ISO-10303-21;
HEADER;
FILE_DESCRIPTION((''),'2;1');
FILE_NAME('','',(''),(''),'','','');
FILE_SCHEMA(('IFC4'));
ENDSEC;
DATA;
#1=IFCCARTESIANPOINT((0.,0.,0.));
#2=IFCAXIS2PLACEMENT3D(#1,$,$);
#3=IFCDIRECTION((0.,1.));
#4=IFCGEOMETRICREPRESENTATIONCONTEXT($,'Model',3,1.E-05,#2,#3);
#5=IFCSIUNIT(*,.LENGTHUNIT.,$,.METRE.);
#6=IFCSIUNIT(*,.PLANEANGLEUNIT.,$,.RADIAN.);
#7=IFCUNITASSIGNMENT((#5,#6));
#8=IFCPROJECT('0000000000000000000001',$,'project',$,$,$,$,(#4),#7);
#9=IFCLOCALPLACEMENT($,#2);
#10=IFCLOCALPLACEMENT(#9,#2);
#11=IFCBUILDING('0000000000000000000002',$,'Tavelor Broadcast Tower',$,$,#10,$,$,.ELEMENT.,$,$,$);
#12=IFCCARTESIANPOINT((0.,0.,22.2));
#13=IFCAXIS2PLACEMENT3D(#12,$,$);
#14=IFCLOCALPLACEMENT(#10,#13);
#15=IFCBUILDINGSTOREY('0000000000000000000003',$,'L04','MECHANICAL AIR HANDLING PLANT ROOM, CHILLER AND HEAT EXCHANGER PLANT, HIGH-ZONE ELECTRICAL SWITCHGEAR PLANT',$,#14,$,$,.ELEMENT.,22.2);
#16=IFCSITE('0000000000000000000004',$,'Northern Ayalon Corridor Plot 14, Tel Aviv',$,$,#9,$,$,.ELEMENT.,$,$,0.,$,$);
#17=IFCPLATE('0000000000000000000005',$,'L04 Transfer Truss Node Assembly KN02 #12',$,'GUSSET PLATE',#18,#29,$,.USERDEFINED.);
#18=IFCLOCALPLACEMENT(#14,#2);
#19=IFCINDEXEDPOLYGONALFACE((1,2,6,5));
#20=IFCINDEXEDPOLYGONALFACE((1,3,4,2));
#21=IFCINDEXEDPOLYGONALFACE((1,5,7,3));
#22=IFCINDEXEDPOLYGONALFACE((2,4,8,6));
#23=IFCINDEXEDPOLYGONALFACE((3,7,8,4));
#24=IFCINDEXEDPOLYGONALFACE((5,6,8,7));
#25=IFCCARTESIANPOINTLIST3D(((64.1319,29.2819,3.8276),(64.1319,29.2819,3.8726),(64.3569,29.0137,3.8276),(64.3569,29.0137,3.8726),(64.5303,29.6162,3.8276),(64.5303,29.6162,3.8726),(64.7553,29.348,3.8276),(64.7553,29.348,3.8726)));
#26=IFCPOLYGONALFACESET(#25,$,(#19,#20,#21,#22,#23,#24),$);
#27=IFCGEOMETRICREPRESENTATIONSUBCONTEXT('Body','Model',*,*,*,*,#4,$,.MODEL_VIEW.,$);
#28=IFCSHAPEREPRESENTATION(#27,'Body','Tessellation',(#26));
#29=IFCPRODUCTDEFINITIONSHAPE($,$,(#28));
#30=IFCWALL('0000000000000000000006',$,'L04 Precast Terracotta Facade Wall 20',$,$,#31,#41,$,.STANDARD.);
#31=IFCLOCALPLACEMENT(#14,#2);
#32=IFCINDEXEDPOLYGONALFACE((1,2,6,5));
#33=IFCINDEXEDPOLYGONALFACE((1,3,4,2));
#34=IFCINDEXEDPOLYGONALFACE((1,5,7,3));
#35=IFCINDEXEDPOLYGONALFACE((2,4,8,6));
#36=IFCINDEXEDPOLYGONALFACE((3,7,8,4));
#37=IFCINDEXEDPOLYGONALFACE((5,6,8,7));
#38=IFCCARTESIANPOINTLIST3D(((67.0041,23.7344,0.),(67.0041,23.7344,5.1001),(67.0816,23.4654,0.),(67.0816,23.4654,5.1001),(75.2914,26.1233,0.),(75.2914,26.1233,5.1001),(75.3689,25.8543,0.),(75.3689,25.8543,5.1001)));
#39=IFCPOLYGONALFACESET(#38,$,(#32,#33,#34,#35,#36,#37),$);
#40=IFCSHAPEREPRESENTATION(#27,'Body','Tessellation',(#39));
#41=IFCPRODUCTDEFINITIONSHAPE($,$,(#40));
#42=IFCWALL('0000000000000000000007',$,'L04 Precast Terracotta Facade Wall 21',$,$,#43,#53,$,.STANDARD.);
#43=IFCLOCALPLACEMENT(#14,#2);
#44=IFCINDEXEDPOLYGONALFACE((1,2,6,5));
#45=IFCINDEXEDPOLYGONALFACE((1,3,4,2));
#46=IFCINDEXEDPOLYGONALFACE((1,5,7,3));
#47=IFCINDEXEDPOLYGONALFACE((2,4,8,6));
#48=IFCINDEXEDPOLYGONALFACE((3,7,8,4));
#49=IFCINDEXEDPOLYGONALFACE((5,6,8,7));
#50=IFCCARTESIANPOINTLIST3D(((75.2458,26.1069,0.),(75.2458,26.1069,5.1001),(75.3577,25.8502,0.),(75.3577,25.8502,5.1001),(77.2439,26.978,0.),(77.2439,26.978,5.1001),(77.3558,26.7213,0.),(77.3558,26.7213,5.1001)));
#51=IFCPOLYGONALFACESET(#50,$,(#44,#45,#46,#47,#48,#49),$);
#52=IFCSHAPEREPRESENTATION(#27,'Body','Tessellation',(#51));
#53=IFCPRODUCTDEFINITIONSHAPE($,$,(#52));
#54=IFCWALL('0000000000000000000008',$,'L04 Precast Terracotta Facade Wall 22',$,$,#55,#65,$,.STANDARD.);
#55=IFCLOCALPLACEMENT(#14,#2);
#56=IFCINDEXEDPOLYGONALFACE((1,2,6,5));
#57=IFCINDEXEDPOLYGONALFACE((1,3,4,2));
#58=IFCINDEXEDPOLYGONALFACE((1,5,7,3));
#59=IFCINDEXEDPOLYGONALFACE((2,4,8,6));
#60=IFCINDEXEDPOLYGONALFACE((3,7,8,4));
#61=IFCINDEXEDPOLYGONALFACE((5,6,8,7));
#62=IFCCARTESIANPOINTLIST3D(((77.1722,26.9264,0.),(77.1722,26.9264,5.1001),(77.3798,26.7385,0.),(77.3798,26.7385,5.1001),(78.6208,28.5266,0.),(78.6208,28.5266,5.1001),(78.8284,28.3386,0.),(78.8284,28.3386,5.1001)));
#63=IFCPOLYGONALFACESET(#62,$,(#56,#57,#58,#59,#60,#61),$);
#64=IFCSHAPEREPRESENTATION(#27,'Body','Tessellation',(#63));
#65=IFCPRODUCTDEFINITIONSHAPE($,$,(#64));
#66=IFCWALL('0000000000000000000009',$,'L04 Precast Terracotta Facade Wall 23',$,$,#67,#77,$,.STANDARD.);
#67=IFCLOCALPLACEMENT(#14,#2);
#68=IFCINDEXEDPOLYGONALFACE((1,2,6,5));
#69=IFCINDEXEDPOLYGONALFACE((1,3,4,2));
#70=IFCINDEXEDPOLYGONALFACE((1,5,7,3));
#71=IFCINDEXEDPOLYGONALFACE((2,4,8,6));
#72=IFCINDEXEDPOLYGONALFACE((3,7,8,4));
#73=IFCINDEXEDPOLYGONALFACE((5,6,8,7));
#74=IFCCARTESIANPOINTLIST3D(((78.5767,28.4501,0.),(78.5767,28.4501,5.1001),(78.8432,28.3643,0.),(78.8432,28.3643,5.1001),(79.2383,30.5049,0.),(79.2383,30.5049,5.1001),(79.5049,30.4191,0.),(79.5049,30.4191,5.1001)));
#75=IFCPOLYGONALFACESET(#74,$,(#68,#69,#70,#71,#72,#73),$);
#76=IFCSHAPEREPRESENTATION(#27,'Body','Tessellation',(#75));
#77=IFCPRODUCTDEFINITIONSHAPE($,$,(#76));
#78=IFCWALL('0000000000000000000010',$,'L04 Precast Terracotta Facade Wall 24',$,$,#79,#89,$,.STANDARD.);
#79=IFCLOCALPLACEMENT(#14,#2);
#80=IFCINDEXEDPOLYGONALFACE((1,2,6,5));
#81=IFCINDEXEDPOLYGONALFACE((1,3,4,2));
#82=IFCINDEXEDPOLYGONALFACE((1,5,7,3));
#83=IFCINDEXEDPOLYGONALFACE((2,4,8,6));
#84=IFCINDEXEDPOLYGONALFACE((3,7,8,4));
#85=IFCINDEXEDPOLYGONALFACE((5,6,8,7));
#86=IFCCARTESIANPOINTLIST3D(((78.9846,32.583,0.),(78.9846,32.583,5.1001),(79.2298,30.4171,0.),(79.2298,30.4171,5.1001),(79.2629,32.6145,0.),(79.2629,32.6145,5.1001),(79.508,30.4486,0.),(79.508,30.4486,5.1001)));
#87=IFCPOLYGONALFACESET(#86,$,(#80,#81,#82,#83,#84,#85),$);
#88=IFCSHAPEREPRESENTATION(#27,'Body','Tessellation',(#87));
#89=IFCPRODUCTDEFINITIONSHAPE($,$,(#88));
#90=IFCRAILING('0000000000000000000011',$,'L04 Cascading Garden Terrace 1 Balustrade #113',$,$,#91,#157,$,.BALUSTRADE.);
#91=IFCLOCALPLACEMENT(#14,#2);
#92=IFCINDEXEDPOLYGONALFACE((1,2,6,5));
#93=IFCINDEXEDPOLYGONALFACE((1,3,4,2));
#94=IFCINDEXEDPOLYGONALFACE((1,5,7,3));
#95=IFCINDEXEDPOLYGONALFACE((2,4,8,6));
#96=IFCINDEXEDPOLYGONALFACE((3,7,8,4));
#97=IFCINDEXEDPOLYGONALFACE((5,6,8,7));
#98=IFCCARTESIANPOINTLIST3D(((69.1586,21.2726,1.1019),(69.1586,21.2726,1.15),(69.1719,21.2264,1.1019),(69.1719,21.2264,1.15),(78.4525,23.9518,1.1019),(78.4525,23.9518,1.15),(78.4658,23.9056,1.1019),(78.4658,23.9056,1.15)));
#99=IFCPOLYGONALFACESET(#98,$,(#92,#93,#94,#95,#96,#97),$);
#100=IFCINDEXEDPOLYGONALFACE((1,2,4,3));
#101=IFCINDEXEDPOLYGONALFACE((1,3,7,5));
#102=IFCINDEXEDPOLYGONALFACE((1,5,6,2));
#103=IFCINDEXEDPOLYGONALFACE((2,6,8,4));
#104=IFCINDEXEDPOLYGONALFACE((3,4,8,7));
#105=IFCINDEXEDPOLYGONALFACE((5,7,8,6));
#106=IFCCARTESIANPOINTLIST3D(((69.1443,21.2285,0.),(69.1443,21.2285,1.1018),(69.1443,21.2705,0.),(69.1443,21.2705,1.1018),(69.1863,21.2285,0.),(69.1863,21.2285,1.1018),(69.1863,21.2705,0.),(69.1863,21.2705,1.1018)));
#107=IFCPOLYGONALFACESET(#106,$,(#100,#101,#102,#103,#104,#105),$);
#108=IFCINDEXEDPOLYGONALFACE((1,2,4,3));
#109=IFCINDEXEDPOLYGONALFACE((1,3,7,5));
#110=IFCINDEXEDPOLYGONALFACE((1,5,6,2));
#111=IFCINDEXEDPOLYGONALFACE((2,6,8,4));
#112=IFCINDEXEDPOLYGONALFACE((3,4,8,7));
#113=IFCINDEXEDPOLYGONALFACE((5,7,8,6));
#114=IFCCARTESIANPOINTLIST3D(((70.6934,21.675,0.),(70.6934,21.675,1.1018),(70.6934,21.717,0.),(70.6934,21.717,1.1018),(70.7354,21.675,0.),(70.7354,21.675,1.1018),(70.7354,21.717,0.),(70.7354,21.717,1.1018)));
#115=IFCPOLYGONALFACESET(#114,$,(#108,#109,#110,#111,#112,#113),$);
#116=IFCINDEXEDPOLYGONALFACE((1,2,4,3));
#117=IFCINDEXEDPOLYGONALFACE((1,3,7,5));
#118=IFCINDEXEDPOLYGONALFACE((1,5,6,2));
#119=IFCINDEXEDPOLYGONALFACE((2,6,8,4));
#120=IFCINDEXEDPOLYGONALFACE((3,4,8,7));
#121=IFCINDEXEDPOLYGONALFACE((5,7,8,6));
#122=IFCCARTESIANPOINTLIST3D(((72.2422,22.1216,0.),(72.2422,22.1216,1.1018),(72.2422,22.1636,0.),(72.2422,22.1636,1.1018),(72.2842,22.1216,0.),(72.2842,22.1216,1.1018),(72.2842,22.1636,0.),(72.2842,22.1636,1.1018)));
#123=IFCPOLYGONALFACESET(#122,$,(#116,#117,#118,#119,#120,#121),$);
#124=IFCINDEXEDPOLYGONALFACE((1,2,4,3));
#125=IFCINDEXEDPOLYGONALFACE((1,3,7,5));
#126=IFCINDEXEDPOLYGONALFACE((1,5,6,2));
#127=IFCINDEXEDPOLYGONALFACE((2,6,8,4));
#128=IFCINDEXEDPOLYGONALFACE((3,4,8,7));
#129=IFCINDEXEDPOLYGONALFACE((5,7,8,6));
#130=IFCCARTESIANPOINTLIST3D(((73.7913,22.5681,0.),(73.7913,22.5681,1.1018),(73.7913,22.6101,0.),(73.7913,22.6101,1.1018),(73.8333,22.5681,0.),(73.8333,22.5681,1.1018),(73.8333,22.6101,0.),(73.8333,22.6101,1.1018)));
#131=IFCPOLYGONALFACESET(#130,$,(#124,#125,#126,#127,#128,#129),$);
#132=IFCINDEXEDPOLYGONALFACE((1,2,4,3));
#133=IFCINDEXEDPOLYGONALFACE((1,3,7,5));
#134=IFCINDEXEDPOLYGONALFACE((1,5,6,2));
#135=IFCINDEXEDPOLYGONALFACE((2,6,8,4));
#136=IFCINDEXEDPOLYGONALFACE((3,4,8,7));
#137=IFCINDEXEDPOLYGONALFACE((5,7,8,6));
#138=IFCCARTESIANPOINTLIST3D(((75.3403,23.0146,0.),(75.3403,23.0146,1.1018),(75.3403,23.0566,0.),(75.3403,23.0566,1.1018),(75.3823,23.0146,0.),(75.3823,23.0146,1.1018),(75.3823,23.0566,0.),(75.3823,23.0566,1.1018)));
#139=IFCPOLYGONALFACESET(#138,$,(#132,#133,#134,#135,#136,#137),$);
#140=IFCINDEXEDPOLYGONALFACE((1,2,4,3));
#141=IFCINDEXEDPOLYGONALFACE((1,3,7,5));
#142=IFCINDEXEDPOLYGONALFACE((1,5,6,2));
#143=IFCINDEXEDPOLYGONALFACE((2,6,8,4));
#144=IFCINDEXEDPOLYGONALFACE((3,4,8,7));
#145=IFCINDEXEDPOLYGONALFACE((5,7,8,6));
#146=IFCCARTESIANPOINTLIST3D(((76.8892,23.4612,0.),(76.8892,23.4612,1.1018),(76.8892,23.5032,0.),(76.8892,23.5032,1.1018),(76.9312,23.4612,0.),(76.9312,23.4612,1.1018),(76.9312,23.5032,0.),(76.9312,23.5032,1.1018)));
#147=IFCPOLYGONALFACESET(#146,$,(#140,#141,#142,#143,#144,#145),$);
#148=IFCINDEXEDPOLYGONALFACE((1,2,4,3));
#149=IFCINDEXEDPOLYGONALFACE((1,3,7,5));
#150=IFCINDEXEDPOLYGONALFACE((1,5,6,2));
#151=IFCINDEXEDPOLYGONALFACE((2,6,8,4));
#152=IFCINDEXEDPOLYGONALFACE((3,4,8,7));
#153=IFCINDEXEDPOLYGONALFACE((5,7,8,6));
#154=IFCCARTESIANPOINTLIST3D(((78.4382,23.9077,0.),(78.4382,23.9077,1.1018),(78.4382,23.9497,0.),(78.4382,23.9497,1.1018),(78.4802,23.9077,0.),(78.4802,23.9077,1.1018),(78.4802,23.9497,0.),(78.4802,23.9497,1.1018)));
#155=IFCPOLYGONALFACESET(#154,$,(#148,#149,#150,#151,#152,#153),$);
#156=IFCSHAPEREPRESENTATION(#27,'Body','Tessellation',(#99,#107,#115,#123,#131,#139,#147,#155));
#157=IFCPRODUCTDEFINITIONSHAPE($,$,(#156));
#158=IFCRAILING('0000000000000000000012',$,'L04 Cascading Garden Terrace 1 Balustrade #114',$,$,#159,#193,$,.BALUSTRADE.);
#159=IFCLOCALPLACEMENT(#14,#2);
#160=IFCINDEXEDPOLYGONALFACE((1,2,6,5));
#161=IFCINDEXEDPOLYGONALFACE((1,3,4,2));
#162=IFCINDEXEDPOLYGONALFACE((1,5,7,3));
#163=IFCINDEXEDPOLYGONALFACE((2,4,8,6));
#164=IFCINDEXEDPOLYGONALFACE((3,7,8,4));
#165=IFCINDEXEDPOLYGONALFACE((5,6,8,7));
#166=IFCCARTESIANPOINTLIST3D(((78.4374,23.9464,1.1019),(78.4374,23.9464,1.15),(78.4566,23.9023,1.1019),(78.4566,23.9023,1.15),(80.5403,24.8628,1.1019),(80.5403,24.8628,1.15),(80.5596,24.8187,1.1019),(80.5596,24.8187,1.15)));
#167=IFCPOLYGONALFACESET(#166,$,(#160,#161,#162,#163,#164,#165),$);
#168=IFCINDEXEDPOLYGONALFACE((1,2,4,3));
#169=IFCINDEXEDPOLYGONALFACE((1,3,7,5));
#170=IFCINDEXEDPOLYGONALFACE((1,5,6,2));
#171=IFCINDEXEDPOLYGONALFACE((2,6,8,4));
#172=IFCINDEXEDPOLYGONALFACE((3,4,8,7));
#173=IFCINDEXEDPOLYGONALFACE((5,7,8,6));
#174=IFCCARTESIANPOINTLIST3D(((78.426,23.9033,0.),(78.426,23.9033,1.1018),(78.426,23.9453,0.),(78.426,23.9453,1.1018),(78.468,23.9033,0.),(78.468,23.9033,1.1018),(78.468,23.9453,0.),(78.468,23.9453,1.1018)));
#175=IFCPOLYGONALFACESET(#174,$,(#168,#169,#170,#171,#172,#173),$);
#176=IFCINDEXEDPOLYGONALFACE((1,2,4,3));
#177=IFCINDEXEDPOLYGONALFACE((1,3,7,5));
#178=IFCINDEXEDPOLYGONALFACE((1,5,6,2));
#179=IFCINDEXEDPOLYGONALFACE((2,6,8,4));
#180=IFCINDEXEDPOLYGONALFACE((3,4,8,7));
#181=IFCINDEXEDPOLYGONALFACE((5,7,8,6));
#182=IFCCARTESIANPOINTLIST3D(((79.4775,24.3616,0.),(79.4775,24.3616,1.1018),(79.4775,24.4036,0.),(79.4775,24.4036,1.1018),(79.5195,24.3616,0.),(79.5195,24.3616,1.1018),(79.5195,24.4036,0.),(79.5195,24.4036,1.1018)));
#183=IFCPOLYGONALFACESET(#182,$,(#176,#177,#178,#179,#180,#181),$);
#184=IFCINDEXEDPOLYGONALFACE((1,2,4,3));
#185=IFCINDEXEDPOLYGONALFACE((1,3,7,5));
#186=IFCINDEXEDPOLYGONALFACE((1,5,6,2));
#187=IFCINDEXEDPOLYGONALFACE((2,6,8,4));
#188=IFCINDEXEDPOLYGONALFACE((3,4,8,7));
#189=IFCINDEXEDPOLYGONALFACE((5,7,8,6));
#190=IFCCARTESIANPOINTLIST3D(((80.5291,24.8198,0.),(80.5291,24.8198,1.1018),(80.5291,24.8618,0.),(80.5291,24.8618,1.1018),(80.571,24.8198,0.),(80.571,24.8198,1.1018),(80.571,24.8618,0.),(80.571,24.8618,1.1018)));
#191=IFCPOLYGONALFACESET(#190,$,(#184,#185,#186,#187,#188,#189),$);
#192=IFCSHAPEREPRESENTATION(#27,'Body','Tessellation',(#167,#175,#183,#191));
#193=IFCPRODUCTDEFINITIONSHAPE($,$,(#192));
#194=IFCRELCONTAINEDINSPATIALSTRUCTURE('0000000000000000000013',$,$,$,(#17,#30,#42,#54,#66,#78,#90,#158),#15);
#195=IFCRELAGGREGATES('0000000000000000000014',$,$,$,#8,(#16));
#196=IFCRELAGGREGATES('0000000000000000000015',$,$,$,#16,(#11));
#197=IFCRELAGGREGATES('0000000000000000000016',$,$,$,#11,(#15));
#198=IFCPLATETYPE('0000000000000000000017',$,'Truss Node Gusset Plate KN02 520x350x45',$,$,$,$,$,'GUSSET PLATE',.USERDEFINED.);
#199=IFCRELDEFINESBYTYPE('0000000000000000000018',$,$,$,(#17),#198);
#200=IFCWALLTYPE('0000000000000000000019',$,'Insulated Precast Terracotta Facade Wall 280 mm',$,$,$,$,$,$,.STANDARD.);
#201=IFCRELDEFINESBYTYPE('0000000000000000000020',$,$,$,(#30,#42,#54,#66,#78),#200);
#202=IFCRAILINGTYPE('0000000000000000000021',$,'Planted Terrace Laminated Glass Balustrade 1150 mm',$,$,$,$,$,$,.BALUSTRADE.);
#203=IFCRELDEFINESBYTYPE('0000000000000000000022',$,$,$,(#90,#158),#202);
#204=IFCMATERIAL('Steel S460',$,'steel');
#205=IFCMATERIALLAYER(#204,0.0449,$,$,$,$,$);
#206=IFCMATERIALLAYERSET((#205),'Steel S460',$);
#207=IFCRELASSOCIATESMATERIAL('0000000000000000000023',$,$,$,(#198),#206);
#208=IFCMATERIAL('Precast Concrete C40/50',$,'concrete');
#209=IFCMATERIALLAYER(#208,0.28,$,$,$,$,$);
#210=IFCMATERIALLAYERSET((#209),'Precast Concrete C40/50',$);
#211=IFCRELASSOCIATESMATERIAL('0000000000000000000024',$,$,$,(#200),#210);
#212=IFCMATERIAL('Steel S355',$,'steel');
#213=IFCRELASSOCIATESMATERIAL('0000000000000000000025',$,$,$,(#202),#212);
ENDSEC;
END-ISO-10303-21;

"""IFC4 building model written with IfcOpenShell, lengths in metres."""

from ifc_helpers import new_model, si_unit, direction, frame, frame_2d, origin, origin_2d, place, context, subcontext, project, spatial, rectangle, extrude, source, transform, mapped, material, layer, layer_set, type_object, type_shapes, element, save


model = new_model("IFC4")

# Units and contexts
model_context = context("Model", 3, precision=1e-05, world=origin(), true_north=direction((0.0, 1.0)))
body_context = subcontext(model_context, "Body", "Model", "MODEL_VIEW")
ifc_project = project(units=[si_unit("LENGTHUNIT", "METRE"), si_unit("PLANEANGLEUNIT", "RADIAN")], contexts=[model_context])

# Site, building, storey
site_placement = place(None, origin())
site = spatial("IfcSite", under=ifc_project, at=site_placement, Name="Northern Ayalon Corridor Plot 14, Tel Aviv", CompositionType="ELEMENT", RefElevation=0.0)
building_placement = place(site_placement, origin())
building = spatial("IfcBuilding", under=site, at=building_placement, Name="Tavelor Broadcast Tower", CompositionType="ELEMENT")
storey_placement = place(building_placement, frame((0.0, 0.0, 22.2)))
storey = spatial("IfcBuildingStorey", under=building, at=storey_placement, Name="L04", Description="MECHANICAL AIR HANDLING PLANT ROOM, CHILLER AND HEAT EXCHANGER PLANT, HIGH-ZONE ELECTRICAL SWITCHGEAR PLANT", CompositionType="ELEMENT", Elevation=22.2)

# Shared definitions
ifc_material_1 = material(Name="Steel S460", Category="steel")

# Plate
ifc_layer_1 = layer(ifc_material_1, 0.0449)
ifc_layer_set_1 = layer_set([ifc_layer_1], Name="Steel S460")
plate_type_1 = type_object("IfcPlateType", Name="Truss Node Gusset Plate KN02 520x350x45", ElementType="GUSSET PLATE", PredefinedType="USERDEFINED", material=ifc_layer_set_1)
shared_shape_1 = source(origin(), body_context, "Body", "SweptSolid", [
    extrude(rectangle(XDim=0.52, YDim=0.3501, at=origin_2d()), origin(), (0.0, 0.0, 1.0), 0.0449),
])
type_shapes(plate_type_1, [shared_shape_1])
plate_placement = place(storey_placement, frame((64.4436, 29.3149, 3.8276), z_axis=(0.0, 0.0, 1.0), x_axis=(-0.766044, -0.642788, 0.0)))
element("IfcPlate", 1, at=plate_placement, inside=storey, type_object=plate_type_1, Name="L04 Transfer Truss Node Assembly KN02 #12", ObjectType="GUSSET PLATE", PredefinedType="USERDEFINED", context=body_context, shape_type="MappedRepresentation", body=[
    mapped(shared_shape_1, transform((0.0, 0.0, 0.0), scale=1.0)),
])

# Walls
ifc_material_2 = material(Name="Precast Concrete C40/50", Category="concrete")
ifc_layer_2 = layer(ifc_material_2, 0.28)
ifc_layer_set_2 = layer_set([ifc_layer_2], Name="Precast Concrete C40/50")
wall_type = type_object("IfcWallType", Name="Insulated Precast Terracotta Facade Wall 280 mm", PredefinedType="STANDARD", material=ifc_layer_set_2)
wall_1_placement = place(storey_placement, frame((67.0427, 23.5999, 0.0), z_axis=(0.0, 0.0, 1.0), x_axis=(0.960875, 0.276982, 0.0)))
element("IfcWall", 2, at=wall_1_placement, inside=storey, type_object=wall_type, Name="L04 Precast Terracotta Facade Wall 20", PredefinedType="STANDARD", context=body_context, shape_type="SweptSolid", body=[
    extrude(rectangle(XDim=8.6248, YDim=0.28, at=frame_2d((4.3125, 0.0))), origin(), (0.0, 0.0, 1.0), 5.1001),
])
wall_2_placement = place(storey_placement, frame((75.3018, 25.9785, 0.0), z_axis=(0.0, 0.0, 1.0), x_axis=(0.916671, 0.399643, 0.0)))
element("IfcWall", 3, at=wall_2_placement, inside=storey, type_object=wall_type, Name="L04 Precast Terracotta Facade Wall 21", PredefinedType="STANDARD", context=body_context, shape_type="SweptSolid", body=[
    extrude(rectangle(XDim=2.1797, YDim=0.28, at=frame_2d((1.0898, 0.0))), origin(), (0.0, 0.0, 1.0), 5.1001),
])
wall_3_placement = place(storey_placement, frame((77.2761, 26.8325, 0.0), z_axis=(0.0, 0.0, 1.0), x_axis=(0.671112, 0.741356, 0.0)))
element("IfcWall", 4, at=wall_3_placement, inside=storey, type_object=wall_type, Name="L04 Precast Terracotta Facade Wall 22", PredefinedType="STANDARD", context=body_context, shape_type="SweptSolid", body=[
    extrude(rectangle(XDim=2.1584, YDim=0.28, at=frame_2d((1.0791, 0.0))), origin(), (0.0, 0.0, 1.0), 5.1001),
])
wall_4_placement = place(storey_placement, frame((78.71, 28.4072, 0.0), z_axis=(0.0, 0.0, 1.0), x_axis=(0.306507, 0.951868, 0.0)))
element("IfcWall", 5, at=wall_4_placement, inside=storey, type_object=wall_type, Name="L04 Precast Terracotta Facade Wall 23", PredefinedType="STANDARD", context=body_context, shape_type="SweptSolid", body=[
    extrude(rectangle(XDim=2.1587, YDim=0.28, at=frame_2d((1.0793, 0.0))), origin(), (0.0, 0.0, 1.0), 5.1001),
])
wall_5_placement = place(storey_placement, frame((79.3689, 30.4329, 0.0), z_axis=(0.0, 0.0, 1.0), x_axis=(-0.11246, 0.993656, 0.0)))
element("IfcWall", 6, at=wall_5_placement, inside=storey, type_object=wall_type, Name="L04 Precast Terracotta Facade Wall 24", PredefinedType="STANDARD", context=body_context, shape_type="SweptSolid", body=[
    extrude(rectangle(XDim=2.1797, YDim=0.28, at=frame_2d((1.0898, 0.0))), origin(), (0.0, 0.0, 1.0), 5.1001),
])

# Railings
ifc_material_3 = material(Name="Steel S355", Category="steel")
railing_type = type_object("IfcRailingType", Name="Planted Terrace Laminated Glass Balustrade 1150 mm", PredefinedType="BALUSTRADE", material=ifc_material_3)
railing_1_placement = place(storey_placement, frame((69.1653, 21.2495, 0.0)))
element("IfcRailing", 7, at=railing_1_placement, inside=storey, type_object=railing_type, Name="L04 Cascading Garden Terrace 1 Balustrade #113", PredefinedType="BALUSTRADE", context=body_context, shape_type="SweptSolid", body=[
    extrude(rectangle(XDim=0.0481, YDim=0.0481, at=origin_2d()), frame((0.0, 0.0, 1.126), z_axis=(0.960872, 0.276994, 0.0), x_axis=(-0.276994, 0.960872, 0.0)), (0.0, 0.0, 1.0), 9.6724),
    extrude(rectangle(XDim=0.042, YDim=0.042, at=origin_2d()), origin(), (0.0, 0.0, 1.0), 1.1018),
    extrude(rectangle(XDim=0.042, YDim=0.042, at=origin_2d()), frame((1.5491, 0.4465, 0.0)), (0.0, 0.0, 1.0), 1.1018),
    extrude(rectangle(XDim=0.042, YDim=0.042, at=origin_2d()), frame((3.0979, 0.8931, 0.0)), (0.0, 0.0, 1.0), 1.1018),
    extrude(rectangle(XDim=0.042, YDim=0.042, at=origin_2d()), frame((4.647, 1.3396, 0.0)), (0.0, 0.0, 1.0), 1.1018),
    extrude(rectangle(XDim=0.042, YDim=0.042, at=origin_2d()), frame((6.196, 1.7861, 0.0)), (0.0, 0.0, 1.0), 1.1018),
    extrude(rectangle(XDim=0.042, YDim=0.042, at=origin_2d()), frame((7.7449, 2.2327, 0.0)), (0.0, 0.0, 1.0), 1.1018),
    extrude(rectangle(XDim=0.042, YDim=0.042, at=origin_2d()), frame((9.2939, 2.6792, 0.0)), (0.0, 0.0, 1.0), 1.1018),
])
railing_2_placement = place(storey_placement, frame((78.447, 23.9243, 0.0)))
element("IfcRailing", 8, at=railing_2_placement, inside=storey, type_object=railing_type, Name="L04 Cascading Garden Terrace 1 Balustrade #114", PredefinedType="BALUSTRADE", context=body_context, shape_type="SweptSolid", body=[
    extrude(rectangle(XDim=0.0481, YDim=0.0481, at=origin_2d()), frame((0.0, 0.0, 1.126), z_axis=(0.916728, 0.399512, 0.0), x_axis=(-0.399512, 0.916728, 0.0)), (0.0, 0.0, 1.0), 2.2939),
    extrude(rectangle(XDim=0.042, YDim=0.042, at=origin_2d()), origin(), (0.0, 0.0, 1.0), 1.1018),
    extrude(rectangle(XDim=0.042, YDim=0.042, at=origin_2d()), frame((1.0515, 0.4583, 0.0)), (0.0, 0.0, 1.0), 1.1018),
    extrude(rectangle(XDim=0.042, YDim=0.042, at=origin_2d()), frame((2.103, 0.9165, 0.0)), (0.0, 0.0, 1.0), 1.1018),
])

save(model, "model.ifc")
